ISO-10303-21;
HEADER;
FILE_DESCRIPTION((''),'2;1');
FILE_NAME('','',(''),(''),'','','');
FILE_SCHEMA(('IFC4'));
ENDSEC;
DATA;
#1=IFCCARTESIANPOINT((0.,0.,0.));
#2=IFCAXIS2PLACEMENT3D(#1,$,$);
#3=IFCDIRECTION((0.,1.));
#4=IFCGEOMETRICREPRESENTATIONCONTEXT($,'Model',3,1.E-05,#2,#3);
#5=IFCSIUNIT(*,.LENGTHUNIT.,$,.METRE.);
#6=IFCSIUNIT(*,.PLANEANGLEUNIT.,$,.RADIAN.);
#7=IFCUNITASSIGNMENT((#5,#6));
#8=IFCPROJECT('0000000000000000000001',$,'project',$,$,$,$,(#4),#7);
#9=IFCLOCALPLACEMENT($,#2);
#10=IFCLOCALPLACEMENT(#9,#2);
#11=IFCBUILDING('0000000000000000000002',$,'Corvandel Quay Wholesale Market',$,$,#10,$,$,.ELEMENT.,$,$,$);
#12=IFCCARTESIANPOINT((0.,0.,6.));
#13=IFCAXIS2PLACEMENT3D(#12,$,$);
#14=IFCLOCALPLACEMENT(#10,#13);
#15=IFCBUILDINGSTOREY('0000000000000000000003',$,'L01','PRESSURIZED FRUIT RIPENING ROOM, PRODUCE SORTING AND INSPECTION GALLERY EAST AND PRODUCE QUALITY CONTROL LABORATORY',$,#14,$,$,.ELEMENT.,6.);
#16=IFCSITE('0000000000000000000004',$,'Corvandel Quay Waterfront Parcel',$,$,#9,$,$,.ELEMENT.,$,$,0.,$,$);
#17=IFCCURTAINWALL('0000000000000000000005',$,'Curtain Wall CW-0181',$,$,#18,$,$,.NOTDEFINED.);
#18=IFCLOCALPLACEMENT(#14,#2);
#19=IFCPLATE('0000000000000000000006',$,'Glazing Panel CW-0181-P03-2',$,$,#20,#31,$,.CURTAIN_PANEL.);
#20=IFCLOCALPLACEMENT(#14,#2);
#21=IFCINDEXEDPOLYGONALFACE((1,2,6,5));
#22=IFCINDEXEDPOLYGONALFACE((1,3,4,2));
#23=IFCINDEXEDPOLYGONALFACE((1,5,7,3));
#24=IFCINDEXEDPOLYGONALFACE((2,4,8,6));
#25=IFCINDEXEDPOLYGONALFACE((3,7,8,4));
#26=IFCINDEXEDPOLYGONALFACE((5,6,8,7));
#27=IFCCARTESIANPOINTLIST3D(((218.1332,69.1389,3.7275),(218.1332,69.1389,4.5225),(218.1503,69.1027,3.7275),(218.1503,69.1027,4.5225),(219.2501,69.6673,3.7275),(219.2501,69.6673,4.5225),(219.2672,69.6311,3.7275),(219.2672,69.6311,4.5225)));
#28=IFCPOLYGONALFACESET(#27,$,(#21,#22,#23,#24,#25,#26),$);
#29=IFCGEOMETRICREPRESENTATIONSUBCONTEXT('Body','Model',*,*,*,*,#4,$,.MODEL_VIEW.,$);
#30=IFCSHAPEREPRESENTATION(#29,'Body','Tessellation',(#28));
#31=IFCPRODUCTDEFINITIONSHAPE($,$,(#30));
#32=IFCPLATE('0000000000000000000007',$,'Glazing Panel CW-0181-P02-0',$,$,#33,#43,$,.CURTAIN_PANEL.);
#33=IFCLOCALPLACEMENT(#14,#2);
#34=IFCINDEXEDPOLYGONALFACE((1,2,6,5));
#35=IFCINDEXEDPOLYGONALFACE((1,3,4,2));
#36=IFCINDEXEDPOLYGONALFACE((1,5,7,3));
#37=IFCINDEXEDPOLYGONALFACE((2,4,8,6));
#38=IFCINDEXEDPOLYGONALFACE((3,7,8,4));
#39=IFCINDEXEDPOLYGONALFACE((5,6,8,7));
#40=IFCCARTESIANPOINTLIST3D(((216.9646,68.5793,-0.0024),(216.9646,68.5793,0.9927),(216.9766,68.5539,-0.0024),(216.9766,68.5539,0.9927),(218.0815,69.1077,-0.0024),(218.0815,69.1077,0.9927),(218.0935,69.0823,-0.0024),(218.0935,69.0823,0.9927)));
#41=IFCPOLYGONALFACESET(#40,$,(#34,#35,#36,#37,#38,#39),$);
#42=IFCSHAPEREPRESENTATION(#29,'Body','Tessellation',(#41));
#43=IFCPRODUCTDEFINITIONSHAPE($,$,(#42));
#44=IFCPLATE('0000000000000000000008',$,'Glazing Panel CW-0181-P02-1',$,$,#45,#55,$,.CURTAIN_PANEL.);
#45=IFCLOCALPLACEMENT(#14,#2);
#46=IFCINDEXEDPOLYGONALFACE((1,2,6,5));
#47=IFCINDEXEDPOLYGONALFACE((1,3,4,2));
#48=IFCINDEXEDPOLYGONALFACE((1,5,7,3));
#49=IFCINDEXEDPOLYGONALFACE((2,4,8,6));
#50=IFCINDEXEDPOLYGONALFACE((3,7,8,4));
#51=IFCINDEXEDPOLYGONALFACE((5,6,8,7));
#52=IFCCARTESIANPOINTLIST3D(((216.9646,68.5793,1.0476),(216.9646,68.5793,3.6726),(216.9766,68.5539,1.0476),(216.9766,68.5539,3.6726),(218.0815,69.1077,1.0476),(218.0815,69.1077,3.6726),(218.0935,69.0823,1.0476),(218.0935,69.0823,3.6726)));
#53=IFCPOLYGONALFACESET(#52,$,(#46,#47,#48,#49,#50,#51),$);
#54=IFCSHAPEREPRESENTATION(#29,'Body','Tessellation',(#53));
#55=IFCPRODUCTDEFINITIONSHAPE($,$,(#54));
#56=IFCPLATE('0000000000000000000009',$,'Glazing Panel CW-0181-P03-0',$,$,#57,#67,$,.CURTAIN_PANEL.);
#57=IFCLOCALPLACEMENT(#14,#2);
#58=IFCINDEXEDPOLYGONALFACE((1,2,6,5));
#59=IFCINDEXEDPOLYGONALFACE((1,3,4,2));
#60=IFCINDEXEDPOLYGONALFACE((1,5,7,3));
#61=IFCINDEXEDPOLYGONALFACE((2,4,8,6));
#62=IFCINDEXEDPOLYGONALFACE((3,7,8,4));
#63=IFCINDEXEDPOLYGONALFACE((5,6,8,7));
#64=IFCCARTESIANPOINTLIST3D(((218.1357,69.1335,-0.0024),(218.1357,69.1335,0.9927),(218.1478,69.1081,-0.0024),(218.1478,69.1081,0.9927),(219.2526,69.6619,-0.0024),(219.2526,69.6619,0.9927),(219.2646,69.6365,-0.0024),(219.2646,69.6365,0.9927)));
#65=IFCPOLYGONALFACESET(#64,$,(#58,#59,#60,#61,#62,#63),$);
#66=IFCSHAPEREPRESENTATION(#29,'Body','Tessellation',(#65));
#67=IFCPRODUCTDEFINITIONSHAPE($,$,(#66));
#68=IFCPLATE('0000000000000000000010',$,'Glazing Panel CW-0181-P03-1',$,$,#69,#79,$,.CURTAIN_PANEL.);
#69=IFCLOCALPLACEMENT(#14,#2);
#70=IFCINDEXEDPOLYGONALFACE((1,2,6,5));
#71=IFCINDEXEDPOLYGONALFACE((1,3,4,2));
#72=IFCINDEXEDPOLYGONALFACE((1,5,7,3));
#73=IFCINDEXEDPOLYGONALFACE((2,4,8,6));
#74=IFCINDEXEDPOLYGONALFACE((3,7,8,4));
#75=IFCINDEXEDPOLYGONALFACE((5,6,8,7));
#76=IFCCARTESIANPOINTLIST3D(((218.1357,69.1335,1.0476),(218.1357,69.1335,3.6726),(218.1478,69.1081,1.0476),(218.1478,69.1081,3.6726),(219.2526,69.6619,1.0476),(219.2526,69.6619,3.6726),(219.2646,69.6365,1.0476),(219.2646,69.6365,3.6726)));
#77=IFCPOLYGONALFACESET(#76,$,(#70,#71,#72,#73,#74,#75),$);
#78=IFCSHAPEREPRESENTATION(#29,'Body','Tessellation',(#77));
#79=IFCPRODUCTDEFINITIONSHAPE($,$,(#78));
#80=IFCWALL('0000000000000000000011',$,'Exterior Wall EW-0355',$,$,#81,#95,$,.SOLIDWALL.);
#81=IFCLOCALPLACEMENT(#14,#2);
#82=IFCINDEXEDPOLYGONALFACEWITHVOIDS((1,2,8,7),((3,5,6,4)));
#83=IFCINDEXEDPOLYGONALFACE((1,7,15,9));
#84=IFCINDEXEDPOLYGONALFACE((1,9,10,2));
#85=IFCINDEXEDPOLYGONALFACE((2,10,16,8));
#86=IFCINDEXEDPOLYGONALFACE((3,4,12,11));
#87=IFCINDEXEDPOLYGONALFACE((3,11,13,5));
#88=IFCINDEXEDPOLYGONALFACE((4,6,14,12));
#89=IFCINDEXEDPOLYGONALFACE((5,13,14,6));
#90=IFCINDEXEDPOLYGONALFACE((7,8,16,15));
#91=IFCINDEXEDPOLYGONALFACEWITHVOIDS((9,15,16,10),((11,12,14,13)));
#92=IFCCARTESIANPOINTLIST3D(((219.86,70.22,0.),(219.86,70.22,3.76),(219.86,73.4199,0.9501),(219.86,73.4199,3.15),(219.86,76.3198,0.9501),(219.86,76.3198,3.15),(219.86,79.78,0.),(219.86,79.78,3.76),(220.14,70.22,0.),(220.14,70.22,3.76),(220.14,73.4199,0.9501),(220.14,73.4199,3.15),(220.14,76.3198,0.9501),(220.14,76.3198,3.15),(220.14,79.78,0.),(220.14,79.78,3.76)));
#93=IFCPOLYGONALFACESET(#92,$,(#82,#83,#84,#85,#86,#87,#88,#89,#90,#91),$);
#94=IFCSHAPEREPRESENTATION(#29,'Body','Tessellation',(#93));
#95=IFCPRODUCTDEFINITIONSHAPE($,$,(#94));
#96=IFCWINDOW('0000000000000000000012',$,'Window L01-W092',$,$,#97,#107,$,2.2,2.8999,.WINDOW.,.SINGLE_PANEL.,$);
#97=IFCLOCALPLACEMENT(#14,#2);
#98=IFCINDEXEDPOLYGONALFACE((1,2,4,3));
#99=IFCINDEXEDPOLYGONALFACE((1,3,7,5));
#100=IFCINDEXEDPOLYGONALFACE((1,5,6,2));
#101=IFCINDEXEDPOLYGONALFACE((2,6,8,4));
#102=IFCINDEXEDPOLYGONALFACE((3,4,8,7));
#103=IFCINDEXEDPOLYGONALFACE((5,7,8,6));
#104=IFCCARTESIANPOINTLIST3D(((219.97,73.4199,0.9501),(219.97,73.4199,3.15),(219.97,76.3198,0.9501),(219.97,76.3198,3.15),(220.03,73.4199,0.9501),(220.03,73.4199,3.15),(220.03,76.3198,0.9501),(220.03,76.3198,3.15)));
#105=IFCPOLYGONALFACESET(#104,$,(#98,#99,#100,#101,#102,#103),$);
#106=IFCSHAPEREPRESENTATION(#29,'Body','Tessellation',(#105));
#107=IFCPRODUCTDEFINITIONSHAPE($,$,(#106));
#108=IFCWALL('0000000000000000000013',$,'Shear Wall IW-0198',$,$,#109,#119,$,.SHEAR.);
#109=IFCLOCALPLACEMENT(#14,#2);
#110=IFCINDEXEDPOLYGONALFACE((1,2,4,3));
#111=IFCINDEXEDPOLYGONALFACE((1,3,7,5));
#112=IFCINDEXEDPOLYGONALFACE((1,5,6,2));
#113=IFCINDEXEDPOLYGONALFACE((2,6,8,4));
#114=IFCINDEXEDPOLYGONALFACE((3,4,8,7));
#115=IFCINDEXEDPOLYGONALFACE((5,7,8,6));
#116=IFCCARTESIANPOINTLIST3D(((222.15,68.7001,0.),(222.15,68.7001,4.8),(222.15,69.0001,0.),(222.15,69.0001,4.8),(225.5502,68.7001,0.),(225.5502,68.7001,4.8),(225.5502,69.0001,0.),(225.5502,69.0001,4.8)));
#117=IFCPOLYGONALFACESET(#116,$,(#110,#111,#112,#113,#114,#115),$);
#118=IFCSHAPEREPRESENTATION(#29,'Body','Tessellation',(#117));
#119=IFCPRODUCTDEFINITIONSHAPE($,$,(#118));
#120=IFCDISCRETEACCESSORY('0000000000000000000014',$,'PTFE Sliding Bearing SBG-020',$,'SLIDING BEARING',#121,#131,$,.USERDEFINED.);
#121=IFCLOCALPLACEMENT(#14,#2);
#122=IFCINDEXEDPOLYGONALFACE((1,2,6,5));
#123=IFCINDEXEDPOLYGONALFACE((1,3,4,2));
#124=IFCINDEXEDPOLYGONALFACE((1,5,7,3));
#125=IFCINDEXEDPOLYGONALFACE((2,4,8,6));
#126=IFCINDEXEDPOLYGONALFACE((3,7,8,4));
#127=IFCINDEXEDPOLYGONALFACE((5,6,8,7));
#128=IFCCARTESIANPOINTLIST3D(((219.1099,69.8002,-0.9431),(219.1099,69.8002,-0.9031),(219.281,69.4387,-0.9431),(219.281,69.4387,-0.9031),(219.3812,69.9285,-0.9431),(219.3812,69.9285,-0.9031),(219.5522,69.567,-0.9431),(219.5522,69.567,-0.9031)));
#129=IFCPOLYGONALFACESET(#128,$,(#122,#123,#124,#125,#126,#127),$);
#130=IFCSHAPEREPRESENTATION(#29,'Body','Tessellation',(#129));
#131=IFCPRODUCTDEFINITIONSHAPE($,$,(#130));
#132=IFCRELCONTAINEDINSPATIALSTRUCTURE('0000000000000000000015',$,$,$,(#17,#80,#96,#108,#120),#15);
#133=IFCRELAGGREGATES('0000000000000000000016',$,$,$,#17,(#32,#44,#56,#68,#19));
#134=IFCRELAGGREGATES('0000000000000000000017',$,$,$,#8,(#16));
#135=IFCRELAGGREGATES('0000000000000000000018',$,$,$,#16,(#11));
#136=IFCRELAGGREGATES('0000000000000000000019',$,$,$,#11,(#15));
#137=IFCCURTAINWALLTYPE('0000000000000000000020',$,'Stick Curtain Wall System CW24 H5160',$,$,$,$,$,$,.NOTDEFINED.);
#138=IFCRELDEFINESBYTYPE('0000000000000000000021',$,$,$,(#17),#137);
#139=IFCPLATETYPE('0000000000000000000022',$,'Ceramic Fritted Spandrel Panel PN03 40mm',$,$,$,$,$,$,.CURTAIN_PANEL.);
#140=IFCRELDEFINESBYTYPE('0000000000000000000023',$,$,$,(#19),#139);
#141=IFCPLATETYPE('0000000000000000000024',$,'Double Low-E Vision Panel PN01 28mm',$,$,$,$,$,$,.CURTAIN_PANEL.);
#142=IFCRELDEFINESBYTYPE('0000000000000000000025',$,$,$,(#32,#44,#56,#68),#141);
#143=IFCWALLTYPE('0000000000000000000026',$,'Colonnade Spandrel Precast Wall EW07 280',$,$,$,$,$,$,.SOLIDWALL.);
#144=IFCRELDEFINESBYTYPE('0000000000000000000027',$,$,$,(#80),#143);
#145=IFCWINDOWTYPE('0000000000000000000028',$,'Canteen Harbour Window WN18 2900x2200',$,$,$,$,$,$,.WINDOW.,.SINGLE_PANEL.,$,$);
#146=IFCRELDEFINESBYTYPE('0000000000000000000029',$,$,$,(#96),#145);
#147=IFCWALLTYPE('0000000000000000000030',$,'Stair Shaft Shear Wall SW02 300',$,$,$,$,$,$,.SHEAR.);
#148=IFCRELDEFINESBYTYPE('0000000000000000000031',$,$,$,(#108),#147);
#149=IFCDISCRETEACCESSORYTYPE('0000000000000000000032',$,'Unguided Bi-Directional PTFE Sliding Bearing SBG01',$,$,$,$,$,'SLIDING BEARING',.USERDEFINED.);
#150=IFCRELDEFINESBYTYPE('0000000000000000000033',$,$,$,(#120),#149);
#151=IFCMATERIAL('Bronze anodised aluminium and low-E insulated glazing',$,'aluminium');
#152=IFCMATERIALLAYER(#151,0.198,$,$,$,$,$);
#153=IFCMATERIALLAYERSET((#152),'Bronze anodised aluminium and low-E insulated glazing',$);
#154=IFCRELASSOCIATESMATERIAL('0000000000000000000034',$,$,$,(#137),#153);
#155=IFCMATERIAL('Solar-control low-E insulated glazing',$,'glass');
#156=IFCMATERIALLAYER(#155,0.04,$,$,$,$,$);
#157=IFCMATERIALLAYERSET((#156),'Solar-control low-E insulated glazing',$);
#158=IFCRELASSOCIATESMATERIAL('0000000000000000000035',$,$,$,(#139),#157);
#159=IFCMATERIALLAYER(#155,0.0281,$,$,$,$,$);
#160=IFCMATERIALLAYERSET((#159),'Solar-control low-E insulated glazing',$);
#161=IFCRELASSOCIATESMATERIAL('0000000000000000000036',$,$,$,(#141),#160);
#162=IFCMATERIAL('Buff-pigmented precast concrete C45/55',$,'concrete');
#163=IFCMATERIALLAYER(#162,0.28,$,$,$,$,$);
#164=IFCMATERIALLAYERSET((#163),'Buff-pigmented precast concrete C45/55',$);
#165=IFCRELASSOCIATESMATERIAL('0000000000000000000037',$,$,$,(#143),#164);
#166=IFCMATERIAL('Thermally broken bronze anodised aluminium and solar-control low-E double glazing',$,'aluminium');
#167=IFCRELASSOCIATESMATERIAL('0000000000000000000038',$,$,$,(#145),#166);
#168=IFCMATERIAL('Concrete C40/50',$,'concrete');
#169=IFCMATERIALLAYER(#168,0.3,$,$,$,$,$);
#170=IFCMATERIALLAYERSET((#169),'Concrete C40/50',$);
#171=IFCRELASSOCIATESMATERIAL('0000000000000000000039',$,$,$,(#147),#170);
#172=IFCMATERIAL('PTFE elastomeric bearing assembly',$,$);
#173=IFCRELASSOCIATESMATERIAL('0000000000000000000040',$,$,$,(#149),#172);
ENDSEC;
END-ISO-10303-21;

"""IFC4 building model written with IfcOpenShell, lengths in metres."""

from ifc_helpers import new_model, si_unit, direction, frame, frame_2d, origin, origin_2d, place, context, subcontext, project, spatial, rectangle, extrude, material, layer, layer_set, type_object, element, fill, aggregate, save


model = new_model("IFC4")

# Units and contexts
model_context = context("Model", 3, precision=1e-05, world=origin(), true_north=direction((0.0, 1.0)))
body_context = subcontext(model_context, "Body", "Model", "MODEL_VIEW")
ifc_project = project(units=[si_unit("LENGTHUNIT", "METRE"), si_unit("PLANEANGLEUNIT", "RADIAN")], contexts=[model_context])

# Site, building, storey
site_placement = place(None, origin())
site = spatial("IfcSite", under=ifc_project, at=site_placement, Name="Corvandel Quay Waterfront Parcel", CompositionType="ELEMENT", RefElevation=0.0)
building_placement = place(site_placement, origin())
building = spatial("IfcBuilding", under=site, at=building_placement, Name="Corvandel Quay Wholesale Market", CompositionType="ELEMENT")
storey_placement = place(building_placement, frame((0.0, 0.0, 6.0)))
storey = spatial("IfcBuildingStorey", under=building, at=storey_placement, Name="L01", Description="PRESSURIZED FRUIT RIPENING ROOM, PRODUCE SORTING AND INSPECTION GALLERY EAST AND PRODUCE QUALITY CONTROL LABORATORY", CompositionType="ELEMENT", Elevation=6.0)

# Curtain wall
ifc_material_1 = material(Name="Bronze anodised aluminium and low-E insulated glazing", Category="aluminium")
ifc_layer_1 = layer(ifc_material_1, 0.198)
ifc_layer_set_1 = layer_set([ifc_layer_1], Name="Bronze anodised aluminium and low-E insulated glazing")
curtain_wall_type = type_object("IfcCurtainWallType", Name="Stick Curtain Wall System CW24 H5160", PredefinedType="NOTDEFINED", material=ifc_layer_set_1)
curtain_wall_placement = place(storey_placement, origin())
curtain_wall = element("IfcCurtainWall", 1, at=curtain_wall_placement, inside=storey, type_object=curtain_wall_type, Name="Curtain Wall CW-0181", PredefinedType="NOTDEFINED")

# Plates
ifc_material_2 = material(Name="Solar-control low-E insulated glazing", Category="glass")
ifc_layer_2 = layer(ifc_material_2, 0.04)
ifc_layer_set_2 = layer_set([ifc_layer_2], Name="Solar-control low-E insulated glazing")
plate_type_1 = type_object("IfcPlateType", Name="Ceramic Fritted Spandrel Panel PN03 40mm", PredefinedType="CURTAIN_PANEL", material=ifc_layer_set_2)
plate_1_placement = place(storey_placement, frame((218.7002, 69.385, 3.7275), z_axis=(0.0, 0.0, 1.0), x_axis=(0.903933, 0.427673, 0.0)))
plate_1 = element("IfcPlate", 2, at=plate_1_placement, type_object=plate_type_1, Name="Glazing Panel CW-0181-P03-2", PredefinedType="CURTAIN_PANEL", context=body_context, shape_type="SweptSolid", body=[
    extrude(rectangle(XDim=1.2356, YDim=0.04, at=origin_2d()), origin(), (0.0, 0.0, 1.0), 0.7949),
])
ifc_layer_3 = layer(ifc_material_2, 0.0281)
ifc_layer_set_3 = layer_set([ifc_layer_3], Name="Solar-control low-E insulated glazing")
plate_type_2 = type_object("IfcPlateType", Name="Double Low-E Vision Panel PN01 28mm", PredefinedType="CURTAIN_PANEL", material=ifc_layer_set_3)
plate_2_placement = place(storey_placement, frame((217.5291, 68.8308, -0.0024), z_axis=(0.0, 0.0, 1.0), x_axis=(0.903933, 0.427673, 0.0)))
plate_2 = element("IfcPlate", 3, at=plate_2_placement, type_object=plate_type_2, Name="Glazing Panel CW-0181-P02-0", PredefinedType="CURTAIN_PANEL", context=body_context, shape_type="SweptSolid", body=[
    extrude(rectangle(XDim=1.2356, YDim=0.0281, at=origin_2d()), origin(), (0.0, 0.0, 1.0), 0.9951),
])
plate_3_placement = place(storey_placement, frame((217.5291, 68.8308, 1.0476), z_axis=(0.0, 0.0, 1.0), x_axis=(0.903933, 0.427673, 0.0)))
plate_3 = element("IfcPlate", 4, at=plate_3_placement, type_object=plate_type_2, Name="Glazing Panel CW-0181-P02-1", PredefinedType="CURTAIN_PANEL", context=body_context, shape_type="SweptSolid", body=[
    extrude(rectangle(XDim=1.2356, YDim=0.0281, at=origin_2d()), origin(), (0.0, 0.0, 1.0), 2.625),
])
plate_4_placement = place(storey_placement, frame((218.7002, 69.385, -0.0024), z_axis=(0.0, 0.0, 1.0), x_axis=(0.903933, 0.427673, 0.0)))
plate_4 = element("IfcPlate", 5, at=plate_4_placement, type_object=plate_type_2, Name="Glazing Panel CW-0181-P03-0", PredefinedType="CURTAIN_PANEL", context=body_context, shape_type="SweptSolid", body=[
    extrude(rectangle(XDim=1.2356, YDim=0.0281, at=origin_2d()), origin(), (0.0, 0.0, 1.0), 0.9951),
])
plate_5_placement = place(storey_placement, frame((218.7002, 69.385, 1.0476), z_axis=(0.0, 0.0, 1.0), x_axis=(0.903933, 0.427673, 0.0)))
plate_5 = element("IfcPlate", 6, at=plate_5_placement, type_object=plate_type_2, Name="Glazing Panel CW-0181-P03-1", PredefinedType="CURTAIN_PANEL", context=body_context, shape_type="SweptSolid", body=[
    extrude(rectangle(XDim=1.2356, YDim=0.0281, at=origin_2d()), origin(), (0.0, 0.0, 1.0), 2.625),
])
aggregate(curtain_wall, [plate_2, plate_3, plate_4, plate_5, plate_1])

# Wall, opening, window
ifc_material_3 = material(Name="Buff-pigmented precast concrete C45/55", Category="concrete")
ifc_layer_4 = layer(ifc_material_3, 0.28)
ifc_layer_set_4 = layer_set([ifc_layer_4], Name="Buff-pigmented precast concrete C45/55")
wall_type_1 = type_object("IfcWallType", Name="Colonnade Spandrel Precast Wall EW07 280", PredefinedType="SOLIDWALL", material=ifc_layer_set_4)
wall_1_placement = place(storey_placement, frame((220.0, 70.22, 0.0), z_axis=(0.0, 0.0, 1.0), x_axis=(0.0, 1.0, 0.0)))
wall_1 = element("IfcWall", 7, at=wall_1_placement, inside=storey, type_object=wall_type_1, Name="Exterior Wall EW-0355", PredefinedType="SOLIDWALL", context=body_context, shape_type="SweptSolid", body=[
    extrude(rectangle(XDim=9.5601, YDim=0.28, at=frame_2d((4.78, 0.0))), origin(), (0.0, 0.0, 1.0), 3.76),
])
opening_placement = place(wall_1_placement, frame((3.2, 0.0, 0.95)))
opening = element("IfcOpeningElement", 8, at=opening_placement, cuts=wall_1, PredefinedType="OPENING", context=body_context, shape_type="SweptSolid", body=[
    extrude(rectangle(XDim=2.8999, YDim=2.2, at=frame_2d((1.45, 1.1001))), frame((0.0, 0.1499, 0.0), z_axis=(0.0, -1.0, 0.0), x_axis=(1.0, 0.0, 0.0)), (0.0, 0.0, 1.0), 0.3),
])
ifc_material_4 = material(Name="Thermally broken bronze anodised aluminium and solar-control low-E double glazing", Category="aluminium")
window_type = type_object("IfcWindowType", Name="Canteen Harbour Window WN18 2900x2200", PartitioningType="SINGLE_PANEL", PredefinedType="WINDOW", material=ifc_material_4)
window_placement = place(opening_placement, origin())
window = element("IfcWindow", 9, at=window_placement, inside=storey, type_object=window_type, Name="Window L01-W092", OverallHeight=2.2, OverallWidth=2.8999, PartitioningType="SINGLE_PANEL", PredefinedType="WINDOW", context=body_context, shape_type="SweptSolid", body=[
    extrude(rectangle(XDim=2.8999, YDim=2.2, at=frame_2d((1.45, 1.1001))), frame((0.0, 0.03, 0.0), z_axis=(0.0, -1.0, 0.0), x_axis=(1.0, 0.0, 0.0)), (0.0, 0.0, 1.0), 0.0601),
])
fill(opening, window)

# Wall
ifc_material_5 = material(Name="Concrete C40/50", Category="concrete")
ifc_layer_5 = layer(ifc_material_5, 0.3)
ifc_layer_set_5 = layer_set([ifc_layer_5], Name="Concrete C40/50")
wall_type_2 = type_object("IfcWallType", Name="Stair Shaft Shear Wall SW02 300", PredefinedType="SHEAR", material=ifc_layer_set_5)
wall_2_placement = place(storey_placement, frame((222.1499, 68.8501, 0.0), z_axis=(0.0, 0.0, 1.0), x_axis=(1.0, 0.0, 0.0)))
element("IfcWall", 10, at=wall_2_placement, inside=storey, type_object=wall_type_2, Name="Shear Wall IW-0198", PredefinedType="SHEAR", context=body_context, shape_type="SweptSolid", body=[
    extrude(rectangle(XDim=3.4001, YDim=0.3, at=frame_2d((1.7002, 0.0))), origin(), (0.0, 0.0, 1.0), 4.8),
])

# Discrete accessory
ifc_material_6 = material(Name="PTFE elastomeric bearing assembly")
discrete_accessory_type = type_object("IfcDiscreteAccessoryType", Name="Unguided Bi-Directional PTFE Sliding Bearing SBG01", ElementType="SLIDING BEARING", PredefinedType="USERDEFINED", material=ifc_material_6)
discrete_accessory_placement = place(storey_placement, frame((219.3311, 69.6836, -0.9431), z_axis=(0.0, 0.0, 1.0), x_axis=(0.903933, 0.427673, 0.0)))
element("IfcDiscreteAccessory", 11, at=discrete_accessory_placement, inside=storey, type_object=discrete_accessory_type, Name="PTFE Sliding Bearing SBG-020", ObjectType="SLIDING BEARING", PredefinedType="USERDEFINED", context=body_context, shape_type="SweptSolid", body=[
    extrude(rectangle(XDim=0.3, YDim=0.3999, at=origin_2d()), origin(), (0.0, 0.0, 1.0), 0.04),
])

save(model, "model.ifc")
